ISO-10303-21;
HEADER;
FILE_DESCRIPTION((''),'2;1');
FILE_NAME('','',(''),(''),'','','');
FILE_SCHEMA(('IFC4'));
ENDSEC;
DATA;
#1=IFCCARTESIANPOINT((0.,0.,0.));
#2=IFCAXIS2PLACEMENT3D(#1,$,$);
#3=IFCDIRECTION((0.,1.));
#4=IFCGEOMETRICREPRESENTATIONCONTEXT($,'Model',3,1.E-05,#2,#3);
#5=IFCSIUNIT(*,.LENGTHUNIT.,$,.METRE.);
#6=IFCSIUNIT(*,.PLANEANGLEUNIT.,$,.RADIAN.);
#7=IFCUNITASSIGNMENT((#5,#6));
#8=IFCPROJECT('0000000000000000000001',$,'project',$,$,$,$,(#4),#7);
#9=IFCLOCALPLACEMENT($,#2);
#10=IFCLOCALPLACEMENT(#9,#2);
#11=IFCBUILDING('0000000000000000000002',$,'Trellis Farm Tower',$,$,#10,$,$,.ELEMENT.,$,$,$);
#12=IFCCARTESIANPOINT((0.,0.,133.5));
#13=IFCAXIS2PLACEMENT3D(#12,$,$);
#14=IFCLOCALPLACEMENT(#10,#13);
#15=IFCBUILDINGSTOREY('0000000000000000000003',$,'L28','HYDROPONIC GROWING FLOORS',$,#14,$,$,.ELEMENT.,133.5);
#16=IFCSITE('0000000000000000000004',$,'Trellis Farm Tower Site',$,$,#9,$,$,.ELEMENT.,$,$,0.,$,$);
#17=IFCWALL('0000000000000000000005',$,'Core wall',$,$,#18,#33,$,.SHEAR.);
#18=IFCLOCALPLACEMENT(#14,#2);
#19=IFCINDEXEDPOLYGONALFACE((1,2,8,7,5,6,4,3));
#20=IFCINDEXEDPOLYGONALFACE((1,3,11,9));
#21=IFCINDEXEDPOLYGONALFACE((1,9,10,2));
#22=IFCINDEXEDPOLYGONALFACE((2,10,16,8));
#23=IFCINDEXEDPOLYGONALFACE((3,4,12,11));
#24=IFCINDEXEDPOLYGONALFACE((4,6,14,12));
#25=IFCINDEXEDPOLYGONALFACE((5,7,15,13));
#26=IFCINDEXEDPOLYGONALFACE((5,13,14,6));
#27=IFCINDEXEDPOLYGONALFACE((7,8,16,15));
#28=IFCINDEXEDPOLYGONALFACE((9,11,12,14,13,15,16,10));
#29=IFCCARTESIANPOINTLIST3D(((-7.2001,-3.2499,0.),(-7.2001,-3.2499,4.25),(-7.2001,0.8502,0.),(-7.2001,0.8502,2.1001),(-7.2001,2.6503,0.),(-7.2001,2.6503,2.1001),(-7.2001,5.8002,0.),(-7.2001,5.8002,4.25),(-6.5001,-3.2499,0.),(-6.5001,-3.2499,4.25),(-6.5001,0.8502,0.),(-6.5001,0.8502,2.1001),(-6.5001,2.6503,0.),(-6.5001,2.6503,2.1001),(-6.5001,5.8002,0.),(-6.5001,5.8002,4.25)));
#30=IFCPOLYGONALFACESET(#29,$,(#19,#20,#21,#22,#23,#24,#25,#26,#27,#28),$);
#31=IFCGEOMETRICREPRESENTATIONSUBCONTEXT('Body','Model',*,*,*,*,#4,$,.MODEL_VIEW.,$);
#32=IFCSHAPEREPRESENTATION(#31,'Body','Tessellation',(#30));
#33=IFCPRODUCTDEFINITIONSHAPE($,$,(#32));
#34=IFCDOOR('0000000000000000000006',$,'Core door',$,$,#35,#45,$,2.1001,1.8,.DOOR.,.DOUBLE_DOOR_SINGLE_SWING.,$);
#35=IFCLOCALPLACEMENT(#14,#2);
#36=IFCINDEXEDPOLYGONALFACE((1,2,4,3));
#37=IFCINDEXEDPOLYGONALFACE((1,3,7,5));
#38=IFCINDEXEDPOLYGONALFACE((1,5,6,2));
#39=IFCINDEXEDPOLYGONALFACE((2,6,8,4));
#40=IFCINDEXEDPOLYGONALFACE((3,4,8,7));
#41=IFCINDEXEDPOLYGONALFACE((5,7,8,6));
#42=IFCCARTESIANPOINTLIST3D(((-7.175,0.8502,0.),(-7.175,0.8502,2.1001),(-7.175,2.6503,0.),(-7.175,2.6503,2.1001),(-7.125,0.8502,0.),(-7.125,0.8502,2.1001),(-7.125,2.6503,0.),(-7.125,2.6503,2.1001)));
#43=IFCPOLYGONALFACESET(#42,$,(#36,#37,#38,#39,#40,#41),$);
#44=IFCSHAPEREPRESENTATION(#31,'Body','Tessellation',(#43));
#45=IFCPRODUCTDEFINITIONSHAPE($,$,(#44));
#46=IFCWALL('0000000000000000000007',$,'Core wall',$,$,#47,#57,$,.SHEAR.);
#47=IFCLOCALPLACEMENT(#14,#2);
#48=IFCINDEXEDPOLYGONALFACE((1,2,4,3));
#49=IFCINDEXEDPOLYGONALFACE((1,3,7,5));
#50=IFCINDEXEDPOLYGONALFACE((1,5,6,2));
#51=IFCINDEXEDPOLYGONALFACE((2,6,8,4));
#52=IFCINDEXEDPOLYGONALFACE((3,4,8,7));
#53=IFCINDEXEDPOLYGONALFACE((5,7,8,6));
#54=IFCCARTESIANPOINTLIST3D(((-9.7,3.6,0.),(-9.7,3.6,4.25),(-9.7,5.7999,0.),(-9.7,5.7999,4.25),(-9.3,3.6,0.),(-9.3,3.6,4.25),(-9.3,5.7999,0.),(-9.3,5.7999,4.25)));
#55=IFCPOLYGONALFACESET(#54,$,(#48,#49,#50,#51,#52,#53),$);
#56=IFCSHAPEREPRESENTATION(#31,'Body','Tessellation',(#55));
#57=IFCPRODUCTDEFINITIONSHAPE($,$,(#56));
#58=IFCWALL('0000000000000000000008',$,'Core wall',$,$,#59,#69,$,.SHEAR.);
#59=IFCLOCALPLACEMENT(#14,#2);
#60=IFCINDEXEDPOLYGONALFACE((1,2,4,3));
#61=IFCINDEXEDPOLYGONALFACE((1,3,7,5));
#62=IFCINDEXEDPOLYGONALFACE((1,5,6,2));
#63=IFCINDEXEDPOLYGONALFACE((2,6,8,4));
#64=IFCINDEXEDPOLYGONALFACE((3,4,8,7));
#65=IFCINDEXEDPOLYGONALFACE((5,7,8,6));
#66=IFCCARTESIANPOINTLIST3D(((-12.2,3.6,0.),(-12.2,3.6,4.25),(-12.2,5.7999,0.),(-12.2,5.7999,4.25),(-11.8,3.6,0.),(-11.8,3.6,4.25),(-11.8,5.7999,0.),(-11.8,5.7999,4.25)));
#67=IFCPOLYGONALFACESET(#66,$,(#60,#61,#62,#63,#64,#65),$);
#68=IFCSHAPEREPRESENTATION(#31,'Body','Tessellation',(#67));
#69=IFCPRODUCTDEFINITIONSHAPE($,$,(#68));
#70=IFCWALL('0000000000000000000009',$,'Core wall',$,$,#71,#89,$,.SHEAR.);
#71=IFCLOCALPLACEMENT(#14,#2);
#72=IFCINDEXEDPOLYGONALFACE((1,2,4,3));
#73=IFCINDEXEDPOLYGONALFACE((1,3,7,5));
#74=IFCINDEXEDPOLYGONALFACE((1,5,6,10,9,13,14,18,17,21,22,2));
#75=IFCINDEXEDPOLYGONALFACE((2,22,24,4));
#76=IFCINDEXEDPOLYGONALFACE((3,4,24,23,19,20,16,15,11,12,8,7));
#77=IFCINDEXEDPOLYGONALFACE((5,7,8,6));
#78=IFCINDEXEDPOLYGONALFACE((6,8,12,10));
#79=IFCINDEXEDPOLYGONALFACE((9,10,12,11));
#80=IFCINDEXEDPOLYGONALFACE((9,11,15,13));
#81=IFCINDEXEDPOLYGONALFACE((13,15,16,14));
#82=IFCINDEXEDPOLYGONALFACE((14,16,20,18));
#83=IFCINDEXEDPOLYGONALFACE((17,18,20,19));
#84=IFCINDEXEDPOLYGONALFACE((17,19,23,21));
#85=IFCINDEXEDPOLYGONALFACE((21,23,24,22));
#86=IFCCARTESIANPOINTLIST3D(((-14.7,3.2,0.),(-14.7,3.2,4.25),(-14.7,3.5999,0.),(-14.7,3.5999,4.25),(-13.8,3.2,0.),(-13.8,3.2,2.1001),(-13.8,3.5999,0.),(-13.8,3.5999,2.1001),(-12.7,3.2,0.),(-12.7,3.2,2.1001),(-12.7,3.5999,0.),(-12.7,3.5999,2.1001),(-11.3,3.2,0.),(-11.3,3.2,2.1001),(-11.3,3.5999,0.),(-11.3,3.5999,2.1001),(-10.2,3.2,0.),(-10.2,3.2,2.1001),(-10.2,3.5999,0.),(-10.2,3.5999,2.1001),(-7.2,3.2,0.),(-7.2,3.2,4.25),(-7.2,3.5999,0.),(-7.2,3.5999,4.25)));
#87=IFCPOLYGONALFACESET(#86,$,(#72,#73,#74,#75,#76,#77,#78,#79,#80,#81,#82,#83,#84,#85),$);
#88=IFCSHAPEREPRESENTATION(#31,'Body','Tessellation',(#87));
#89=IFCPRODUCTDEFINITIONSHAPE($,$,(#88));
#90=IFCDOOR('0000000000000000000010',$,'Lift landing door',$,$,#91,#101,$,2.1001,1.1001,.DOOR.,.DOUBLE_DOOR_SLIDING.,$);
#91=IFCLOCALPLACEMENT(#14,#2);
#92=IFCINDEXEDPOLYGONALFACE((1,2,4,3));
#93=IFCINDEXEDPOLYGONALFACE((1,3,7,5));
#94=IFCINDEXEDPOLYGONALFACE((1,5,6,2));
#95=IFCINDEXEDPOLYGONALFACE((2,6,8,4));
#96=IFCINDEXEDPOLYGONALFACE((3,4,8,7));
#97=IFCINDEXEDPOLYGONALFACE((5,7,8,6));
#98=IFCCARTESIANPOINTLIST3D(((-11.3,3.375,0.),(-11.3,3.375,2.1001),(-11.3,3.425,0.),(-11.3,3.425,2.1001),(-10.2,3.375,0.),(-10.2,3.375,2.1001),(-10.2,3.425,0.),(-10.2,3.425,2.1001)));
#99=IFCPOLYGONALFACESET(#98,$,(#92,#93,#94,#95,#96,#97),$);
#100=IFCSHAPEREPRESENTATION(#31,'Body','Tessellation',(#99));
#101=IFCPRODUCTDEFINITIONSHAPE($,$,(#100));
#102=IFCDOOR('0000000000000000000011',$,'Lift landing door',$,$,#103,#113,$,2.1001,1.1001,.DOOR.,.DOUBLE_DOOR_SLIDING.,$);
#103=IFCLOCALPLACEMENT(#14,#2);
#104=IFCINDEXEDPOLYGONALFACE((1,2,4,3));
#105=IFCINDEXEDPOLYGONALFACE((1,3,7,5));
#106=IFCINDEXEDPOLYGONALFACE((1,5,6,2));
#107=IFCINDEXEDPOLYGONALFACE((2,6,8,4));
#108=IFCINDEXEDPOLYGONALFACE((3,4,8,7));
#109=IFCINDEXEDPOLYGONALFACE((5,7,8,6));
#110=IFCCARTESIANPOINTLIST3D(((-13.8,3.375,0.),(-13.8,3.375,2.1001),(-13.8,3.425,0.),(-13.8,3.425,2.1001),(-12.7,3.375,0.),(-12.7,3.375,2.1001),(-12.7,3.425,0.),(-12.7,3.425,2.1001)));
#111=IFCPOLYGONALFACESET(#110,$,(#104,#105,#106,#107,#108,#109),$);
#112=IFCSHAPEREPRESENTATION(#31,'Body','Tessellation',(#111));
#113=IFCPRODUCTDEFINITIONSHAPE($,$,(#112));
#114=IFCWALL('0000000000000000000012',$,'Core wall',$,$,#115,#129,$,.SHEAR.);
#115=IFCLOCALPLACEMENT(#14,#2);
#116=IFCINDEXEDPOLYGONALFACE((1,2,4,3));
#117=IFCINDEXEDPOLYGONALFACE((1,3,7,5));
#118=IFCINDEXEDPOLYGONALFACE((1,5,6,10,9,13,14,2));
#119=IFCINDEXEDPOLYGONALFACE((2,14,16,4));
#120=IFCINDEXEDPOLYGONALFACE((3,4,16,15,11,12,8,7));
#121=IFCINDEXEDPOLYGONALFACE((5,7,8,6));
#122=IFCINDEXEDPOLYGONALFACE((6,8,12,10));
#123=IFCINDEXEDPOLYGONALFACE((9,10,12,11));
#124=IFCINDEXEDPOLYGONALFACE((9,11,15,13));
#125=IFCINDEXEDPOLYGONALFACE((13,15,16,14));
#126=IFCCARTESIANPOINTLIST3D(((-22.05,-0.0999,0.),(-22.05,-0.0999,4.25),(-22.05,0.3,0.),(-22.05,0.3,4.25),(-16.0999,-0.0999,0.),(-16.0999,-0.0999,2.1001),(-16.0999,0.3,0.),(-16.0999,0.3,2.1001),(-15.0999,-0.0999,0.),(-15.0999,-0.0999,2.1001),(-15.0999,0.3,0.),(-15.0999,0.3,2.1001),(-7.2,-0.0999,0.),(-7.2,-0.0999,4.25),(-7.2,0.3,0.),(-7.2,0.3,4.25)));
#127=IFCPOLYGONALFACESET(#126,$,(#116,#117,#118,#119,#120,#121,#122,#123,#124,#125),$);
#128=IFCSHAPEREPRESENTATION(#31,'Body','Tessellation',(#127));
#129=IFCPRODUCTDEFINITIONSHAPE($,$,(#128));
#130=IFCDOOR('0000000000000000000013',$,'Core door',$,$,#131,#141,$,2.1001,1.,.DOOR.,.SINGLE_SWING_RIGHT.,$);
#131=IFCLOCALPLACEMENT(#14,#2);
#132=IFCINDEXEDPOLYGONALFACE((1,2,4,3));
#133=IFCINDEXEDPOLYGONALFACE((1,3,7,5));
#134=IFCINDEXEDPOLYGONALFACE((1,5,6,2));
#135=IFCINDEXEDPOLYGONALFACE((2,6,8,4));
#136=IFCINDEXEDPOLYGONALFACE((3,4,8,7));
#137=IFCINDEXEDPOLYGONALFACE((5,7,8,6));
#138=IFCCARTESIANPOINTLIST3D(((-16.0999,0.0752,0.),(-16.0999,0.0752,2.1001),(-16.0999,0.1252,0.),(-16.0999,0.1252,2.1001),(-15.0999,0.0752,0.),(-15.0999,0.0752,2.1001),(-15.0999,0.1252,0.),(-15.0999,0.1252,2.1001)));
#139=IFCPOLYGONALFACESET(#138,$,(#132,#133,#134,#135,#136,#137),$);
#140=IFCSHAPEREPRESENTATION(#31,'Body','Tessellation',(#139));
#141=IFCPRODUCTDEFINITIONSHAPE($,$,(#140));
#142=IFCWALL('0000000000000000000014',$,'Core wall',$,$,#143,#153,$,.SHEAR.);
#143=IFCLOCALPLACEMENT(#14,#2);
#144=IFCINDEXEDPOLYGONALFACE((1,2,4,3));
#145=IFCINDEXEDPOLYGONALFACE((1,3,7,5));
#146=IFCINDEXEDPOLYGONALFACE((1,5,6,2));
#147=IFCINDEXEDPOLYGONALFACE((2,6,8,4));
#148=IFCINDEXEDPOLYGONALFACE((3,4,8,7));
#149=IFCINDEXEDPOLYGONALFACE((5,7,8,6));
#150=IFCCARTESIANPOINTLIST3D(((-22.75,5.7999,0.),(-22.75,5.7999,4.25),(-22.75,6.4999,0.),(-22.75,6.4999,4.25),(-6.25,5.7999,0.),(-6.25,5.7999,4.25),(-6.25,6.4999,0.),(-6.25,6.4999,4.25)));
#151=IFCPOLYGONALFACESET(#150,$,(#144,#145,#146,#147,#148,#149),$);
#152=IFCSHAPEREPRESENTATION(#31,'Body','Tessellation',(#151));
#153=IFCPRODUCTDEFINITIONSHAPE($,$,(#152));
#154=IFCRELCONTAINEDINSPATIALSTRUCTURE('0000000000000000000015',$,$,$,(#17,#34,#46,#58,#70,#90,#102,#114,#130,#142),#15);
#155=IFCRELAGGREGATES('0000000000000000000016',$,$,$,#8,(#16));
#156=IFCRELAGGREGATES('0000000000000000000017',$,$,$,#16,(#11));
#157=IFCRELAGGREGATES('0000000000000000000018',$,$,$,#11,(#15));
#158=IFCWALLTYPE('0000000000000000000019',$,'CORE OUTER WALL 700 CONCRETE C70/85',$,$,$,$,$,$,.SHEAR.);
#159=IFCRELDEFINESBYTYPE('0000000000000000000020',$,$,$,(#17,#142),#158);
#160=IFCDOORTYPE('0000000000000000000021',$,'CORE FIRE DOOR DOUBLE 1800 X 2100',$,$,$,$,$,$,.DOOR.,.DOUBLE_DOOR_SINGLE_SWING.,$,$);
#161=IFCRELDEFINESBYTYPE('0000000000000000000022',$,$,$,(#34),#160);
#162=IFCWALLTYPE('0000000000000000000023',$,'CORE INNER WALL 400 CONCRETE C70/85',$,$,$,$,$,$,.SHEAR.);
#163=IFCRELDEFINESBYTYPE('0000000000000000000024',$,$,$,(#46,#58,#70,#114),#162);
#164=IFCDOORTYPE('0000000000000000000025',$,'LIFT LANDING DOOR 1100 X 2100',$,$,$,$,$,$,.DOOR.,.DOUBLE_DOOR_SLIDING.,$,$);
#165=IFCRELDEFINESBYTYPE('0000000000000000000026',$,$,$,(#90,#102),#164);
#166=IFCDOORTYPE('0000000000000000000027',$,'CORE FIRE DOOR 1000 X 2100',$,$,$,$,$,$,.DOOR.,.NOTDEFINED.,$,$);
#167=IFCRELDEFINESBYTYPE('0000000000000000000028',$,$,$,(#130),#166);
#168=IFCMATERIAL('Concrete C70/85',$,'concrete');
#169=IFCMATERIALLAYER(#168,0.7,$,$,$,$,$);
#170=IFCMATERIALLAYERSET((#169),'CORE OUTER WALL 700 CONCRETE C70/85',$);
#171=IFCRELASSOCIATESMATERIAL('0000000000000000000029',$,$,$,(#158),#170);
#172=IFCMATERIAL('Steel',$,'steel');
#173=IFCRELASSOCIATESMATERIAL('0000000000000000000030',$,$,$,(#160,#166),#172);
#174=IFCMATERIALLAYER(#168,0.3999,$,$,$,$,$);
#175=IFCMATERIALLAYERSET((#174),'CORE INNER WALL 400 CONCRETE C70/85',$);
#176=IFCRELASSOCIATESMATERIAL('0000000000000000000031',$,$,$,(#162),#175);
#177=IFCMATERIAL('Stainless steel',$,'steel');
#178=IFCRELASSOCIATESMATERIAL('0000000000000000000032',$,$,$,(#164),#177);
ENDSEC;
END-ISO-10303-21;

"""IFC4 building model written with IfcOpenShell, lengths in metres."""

from ifc_helpers import new_model, si_unit, direction, frame, frame_2d, origin, place, context, subcontext, project, spatial, rectangle, extrude, source, transform, mapped, material, layer, layer_set, type_object, element, fill, save


model = new_model("IFC4")

# Units and contexts
model_context = context("Model", 3, precision=1e-05, world=origin(), true_north=direction((0.0, 1.0)))
body_context = subcontext(model_context, "Body", "Model", "MODEL_VIEW")
ifc_project = project(units=[si_unit("LENGTHUNIT", "METRE"), si_unit("PLANEANGLEUNIT", "RADIAN")], contexts=[model_context])

# Site, building, storey
site_placement = place(None, origin())
site = spatial("IfcSite", under=ifc_project, at=site_placement, Name="Trellis Farm Tower Site", CompositionType="ELEMENT", RefElevation=0.0)
building_placement = place(site_placement, origin())
building = spatial("IfcBuilding", under=site, at=building_placement, Name="Trellis Farm Tower", CompositionType="ELEMENT")
storey_placement = place(building_placement, frame((0.0, 0.0, 133.5)))
storey = spatial("IfcBuildingStorey", under=building, at=storey_placement, Name="L28", Description="HYDROPONIC GROWING FLOORS", CompositionType="ELEMENT", Elevation=133.5)

# Wall, opening, door
ifc_material_1 = material(Name="Concrete C70/85", Category="concrete")
ifc_layer_1 = layer(ifc_material_1, 0.7)
ifc_layer_set_1 = layer_set([ifc_layer_1], Name="CORE OUTER WALL 700 CONCRETE C70/85")
wall_type_1 = type_object("IfcWallType", Name="CORE OUTER WALL 700 CONCRETE C70/85", PredefinedType="SHEAR", material=ifc_layer_set_1)
shared_shape_1 = source(origin(), body_context, "Body", "SweptSolid", [
    extrude(rectangle(XDim=9.05, YDim=0.7, at=frame_2d((4.5249, 0.0))), origin(), (0.0, 0.0, 1.0), 4.25),
])
wall_1_placement = place(storey_placement, frame((-6.8501, 5.8, 0.0), z_axis=(0.0, 0.0, 1.0), x_axis=(0.0, -1.0, 0.0)))
wall_1 = element("IfcWall", 1, at=wall_1_placement, inside=storey, type_object=wall_type_1, Name="Core wall", PredefinedType="SHEAR", context=body_context, shape_type="MappedRepresentation", body=[
    mapped(shared_shape_1, transform((0.0, 0.0, 0.0))),
])
shared_shape_2 = source(origin(), body_context, "Body", "SweptSolid", [
    extrude(rectangle(XDim=1.8, YDim=2.1001, at=frame_2d((0.8999, 1.05))), frame((0.0, 0.3601, 0.0), z_axis=(0.0, -1.0, 0.0), x_axis=(1.0, 0.0, 0.0)), (0.0, 0.0, 1.0), 0.7202),
])
opening_1_placement = place(wall_1_placement, frame((3.1499, 0.0, 0.0)))
opening_1 = element("IfcOpeningElement", 2, at=opening_1_placement, cuts=wall_1, PredefinedType="OPENING", context=body_context, shape_type="MappedRepresentation", body=[
    mapped(shared_shape_2, transform((0.0, 0.0, 0.0))),
])
ifc_material_2 = material(Name="Steel", Category="steel")
door_type_1 = type_object("IfcDoorType", Name="CORE FIRE DOOR DOUBLE 1800 X 2100", OperationType="DOUBLE_DOOR_SINGLE_SWING", PredefinedType="DOOR", material=ifc_material_2)
shared_shape_3 = source(origin(), body_context, "Body", "SweptSolid", [
    extrude(rectangle(XDim=1.8, YDim=2.1001, at=frame_2d((0.8999, 1.05))), frame((0.0, -0.2749, 0.0), z_axis=(0.0, -1.0, 0.0), x_axis=(1.0, 0.0, 0.0)), (0.0, 0.0, 1.0), 0.05),
])
door_1_placement = place(opening_1_placement, origin())
door_1 = element("IfcDoor", 3, at=door_1_placement, inside=storey, type_object=door_type_1, Name="Core door", OperationType="DOUBLE_DOOR_SINGLE_SWING", OverallHeight=2.1001, OverallWidth=1.8, PredefinedType="DOOR", context=body_context, shape_type="MappedRepresentation", body=[
    mapped(shared_shape_3, transform((0.0, 0.0, 0.0))),
])
fill(opening_1, door_1)

# Walls
ifc_layer_2 = layer(ifc_material_1, 0.3999)
ifc_layer_set_2 = layer_set([ifc_layer_2], Name="CORE INNER WALL 400 CONCRETE C70/85")
wall_type_2 = type_object("IfcWallType", Name="CORE INNER WALL 400 CONCRETE C70/85", PredefinedType="SHEAR", material=ifc_layer_set_2)
shared_shape_4 = source(origin(), body_context, "Body", "SweptSolid", [
    extrude(rectangle(XDim=2.2, YDim=0.3999, at=frame_2d((1.1001, 0.0))), origin(), (0.0, 0.0, 1.0), 4.25),
])
for number, where, z_axis, x_axis, name in (
    (4, (-9.5, 5.8, 0.0), (0.0, 0.0, 1.0), (0.0, -1.0, 0.0), "Core wall"),
    (5, (-12.0, 5.8, 0.0), (0.0, 0.0, 1.0), (0.0, -1.0, 0.0), "Core wall"),
):
    element("IfcWall", number, at=place(storey_placement, frame(where, z_axis=z_axis, x_axis=x_axis)), inside=storey, type_object=wall_type_2, Name=name, PredefinedType="SHEAR", context=body_context, shape_type="MappedRepresentation", body=[
        mapped(shared_shape_4, transform((0.0, 0.0, 0.0))),
    ])

# Wall, openings, doors
shared_shape_5 = source(origin(), body_context, "Body", "SweptSolid", [
    extrude(rectangle(XDim=7.5, YDim=0.3999, at=frame_2d((3.75, 0.0))), origin(), (0.0, 0.0, 1.0), 4.25),
])
wall_2_placement = place(storey_placement, frame((-7.2, 3.3999, 0.0), z_axis=(0.0, 0.0, 1.0), x_axis=(-1.0, 0.0, 0.0)))
wall_2 = element("IfcWall", 6, at=wall_2_placement, inside=storey, type_object=wall_type_2, Name="Core wall", PredefinedType="SHEAR", context=body_context, shape_type="MappedRepresentation", body=[
    mapped(shared_shape_5, transform((0.0, 0.0, 0.0))),
])
shared_shape_6 = source(origin(), body_context, "Body", "SweptSolid", [
    extrude(rectangle(XDim=1.1001, YDim=2.1001, at=frame_2d((0.55, 1.05))), frame((0.0, 0.21, 0.0), z_axis=(0.0, -1.0, 0.0), x_axis=(1.0, 0.0, 0.0)), (0.0, 0.0, 1.0), 0.4199),
])
opening_2_placement = place(wall_2_placement, frame((3.0, 0.0, 0.0)))
opening_2 = element("IfcOpeningElement", 7, at=opening_2_placement, cuts=wall_2, PredefinedType="OPENING", context=body_context, shape_type="MappedRepresentation", body=[
    mapped(shared_shape_6, transform((0.0, 0.0, 0.0))),
])
opening_3_placement = place(wall_2_placement, frame((5.5, 0.0, 0.0)))
opening_3 = element("IfcOpeningElement", 8, at=opening_3_placement, cuts=wall_2, PredefinedType="OPENING", context=body_context, shape_type="MappedRepresentation", body=[
    mapped(shared_shape_6, transform((0.0, 0.0, 0.0))),
])
ifc_material_3 = material(Name="Stainless steel", Category="steel")
door_type_2 = type_object("IfcDoorType", Name="LIFT LANDING DOOR 1100 X 2100", OperationType="DOUBLE_DOOR_SLIDING", PredefinedType="DOOR", material=ifc_material_3)
shared_shape_7 = source(origin(), body_context, "Body", "SweptSolid", [
    extrude(rectangle(XDim=1.1001, YDim=2.1001, at=frame_2d((0.55, 1.05))), frame((0.0, 0.0249, 0.0), z_axis=(0.0, -1.0, 0.0), x_axis=(1.0, 0.0, 0.0)), (0.0, 0.0, 1.0), 0.05),
])
door_2_placement = place(opening_2_placement, origin())
door_2 = element("IfcDoor", 9, at=door_2_placement, inside=storey, type_object=door_type_2, Name="Lift landing door", OperationType="DOUBLE_DOOR_SLIDING", OverallHeight=2.1001, OverallWidth=1.1001, PredefinedType="DOOR", context=body_context, shape_type="MappedRepresentation", body=[
    mapped(shared_shape_7, transform((0.0, 0.0, 0.0))),
])
fill(opening_2, door_2)
door_3_placement = place(opening_3_placement, origin())
door_3 = element("IfcDoor", 10, at=door_3_placement, inside=storey, type_object=door_type_2, Name="Lift landing door", OperationType="DOUBLE_DOOR_SLIDING", OverallHeight=2.1001, OverallWidth=1.1001, PredefinedType="DOOR", context=body_context, shape_type="MappedRepresentation", body=[
    mapped(shared_shape_7, transform((0.0, 0.0, 0.0))),
])
fill(opening_3, door_3)

# Wall, opening, door
shared_shape_8 = source(origin(), body_context, "Body", "SweptSolid", [
    extrude(rectangle(XDim=14.8501, YDim=0.3999, at=frame_2d((7.425, 0.0))), origin(), (0.0, 0.0, 1.0), 4.25),
])
wall_3_placement = place(storey_placement, frame((-7.2, 0.1001, 0.0), z_axis=(0.0, 0.0, 1.0), x_axis=(-1.0, 0.0, 0.0)))
wall_3 = element("IfcWall", 11, at=wall_3_placement, inside=storey, type_object=wall_type_2, Name="Core wall", PredefinedType="SHEAR", context=body_context, shape_type="MappedRepresentation", body=[
    mapped(shared_shape_8, transform((0.0, 0.0, 0.0))),
])
shared_shape_9 = source(origin(), body_context, "Body", "SweptSolid", [
    extrude(rectangle(XDim=1.0, YDim=2.1001, at=frame_2d((0.5, 1.05))), frame((0.0, 0.21, 0.0), z_axis=(0.0, -1.0, 0.0), x_axis=(1.0, 0.0, 0.0)), (0.0, 0.0, 1.0), 0.4199),
])
opening_4_placement = place(wall_3_placement, frame((7.8999, 0.0, 0.0)))
opening_4 = element("IfcOpeningElement", 12, at=opening_4_placement, cuts=wall_3, PredefinedType="OPENING", context=body_context, shape_type="MappedRepresentation", body=[
    mapped(shared_shape_9, transform((0.0, 0.0, 0.0))),
])
door_type_3 = type_object("IfcDoorType", Name="CORE FIRE DOOR 1000 X 2100", OperationType="NOTDEFINED", PredefinedType="DOOR", material=ifc_material_2)
shared_shape_10 = source(origin(), body_context, "Body", "SweptSolid", [
    extrude(rectangle(XDim=1.0, YDim=2.1001, at=frame_2d((0.5, 1.05))), frame((0.0, 0.0249, 0.0), z_axis=(0.0, -1.0, 0.0), x_axis=(1.0, 0.0, 0.0)), (0.0, 0.0, 1.0), 0.05),
])
door_4_placement = place(opening_4_placement, origin())
door_4 = element("IfcDoor", 13, at=door_4_placement, inside=storey, type_object=door_type_3, Name="Core door", OperationType="SINGLE_SWING_RIGHT", OverallHeight=2.1001, OverallWidth=1.0, PredefinedType="DOOR", context=body_context, shape_type="MappedRepresentation", body=[
    mapped(shared_shape_10, transform((0.0, 0.0, 0.0))),
])
fill(opening_4, door_4)

# Wall
shared_shape_11 = source(origin(), body_context, "Body", "SweptSolid", [
    extrude(rectangle(XDim=16.5, YDim=0.7, at=frame_2d((8.25, 0.0))), origin(), (0.0, 0.0, 1.0), 4.25),
])
wall_4_placement = place(storey_placement, frame((-6.25, 6.1499, 0.0), z_axis=(0.0, 0.0, 1.0), x_axis=(-1.0, 0.0, 0.0)))
element("IfcWall", 14, at=wall_4_placement, inside=storey, type_object=wall_type_1, Name="Core wall", PredefinedType="SHEAR", context=body_context, shape_type="MappedRepresentation", body=[
    mapped(shared_shape_11, transform((0.0, 0.0, 0.0))),
])

save(model, "model.ifc")
